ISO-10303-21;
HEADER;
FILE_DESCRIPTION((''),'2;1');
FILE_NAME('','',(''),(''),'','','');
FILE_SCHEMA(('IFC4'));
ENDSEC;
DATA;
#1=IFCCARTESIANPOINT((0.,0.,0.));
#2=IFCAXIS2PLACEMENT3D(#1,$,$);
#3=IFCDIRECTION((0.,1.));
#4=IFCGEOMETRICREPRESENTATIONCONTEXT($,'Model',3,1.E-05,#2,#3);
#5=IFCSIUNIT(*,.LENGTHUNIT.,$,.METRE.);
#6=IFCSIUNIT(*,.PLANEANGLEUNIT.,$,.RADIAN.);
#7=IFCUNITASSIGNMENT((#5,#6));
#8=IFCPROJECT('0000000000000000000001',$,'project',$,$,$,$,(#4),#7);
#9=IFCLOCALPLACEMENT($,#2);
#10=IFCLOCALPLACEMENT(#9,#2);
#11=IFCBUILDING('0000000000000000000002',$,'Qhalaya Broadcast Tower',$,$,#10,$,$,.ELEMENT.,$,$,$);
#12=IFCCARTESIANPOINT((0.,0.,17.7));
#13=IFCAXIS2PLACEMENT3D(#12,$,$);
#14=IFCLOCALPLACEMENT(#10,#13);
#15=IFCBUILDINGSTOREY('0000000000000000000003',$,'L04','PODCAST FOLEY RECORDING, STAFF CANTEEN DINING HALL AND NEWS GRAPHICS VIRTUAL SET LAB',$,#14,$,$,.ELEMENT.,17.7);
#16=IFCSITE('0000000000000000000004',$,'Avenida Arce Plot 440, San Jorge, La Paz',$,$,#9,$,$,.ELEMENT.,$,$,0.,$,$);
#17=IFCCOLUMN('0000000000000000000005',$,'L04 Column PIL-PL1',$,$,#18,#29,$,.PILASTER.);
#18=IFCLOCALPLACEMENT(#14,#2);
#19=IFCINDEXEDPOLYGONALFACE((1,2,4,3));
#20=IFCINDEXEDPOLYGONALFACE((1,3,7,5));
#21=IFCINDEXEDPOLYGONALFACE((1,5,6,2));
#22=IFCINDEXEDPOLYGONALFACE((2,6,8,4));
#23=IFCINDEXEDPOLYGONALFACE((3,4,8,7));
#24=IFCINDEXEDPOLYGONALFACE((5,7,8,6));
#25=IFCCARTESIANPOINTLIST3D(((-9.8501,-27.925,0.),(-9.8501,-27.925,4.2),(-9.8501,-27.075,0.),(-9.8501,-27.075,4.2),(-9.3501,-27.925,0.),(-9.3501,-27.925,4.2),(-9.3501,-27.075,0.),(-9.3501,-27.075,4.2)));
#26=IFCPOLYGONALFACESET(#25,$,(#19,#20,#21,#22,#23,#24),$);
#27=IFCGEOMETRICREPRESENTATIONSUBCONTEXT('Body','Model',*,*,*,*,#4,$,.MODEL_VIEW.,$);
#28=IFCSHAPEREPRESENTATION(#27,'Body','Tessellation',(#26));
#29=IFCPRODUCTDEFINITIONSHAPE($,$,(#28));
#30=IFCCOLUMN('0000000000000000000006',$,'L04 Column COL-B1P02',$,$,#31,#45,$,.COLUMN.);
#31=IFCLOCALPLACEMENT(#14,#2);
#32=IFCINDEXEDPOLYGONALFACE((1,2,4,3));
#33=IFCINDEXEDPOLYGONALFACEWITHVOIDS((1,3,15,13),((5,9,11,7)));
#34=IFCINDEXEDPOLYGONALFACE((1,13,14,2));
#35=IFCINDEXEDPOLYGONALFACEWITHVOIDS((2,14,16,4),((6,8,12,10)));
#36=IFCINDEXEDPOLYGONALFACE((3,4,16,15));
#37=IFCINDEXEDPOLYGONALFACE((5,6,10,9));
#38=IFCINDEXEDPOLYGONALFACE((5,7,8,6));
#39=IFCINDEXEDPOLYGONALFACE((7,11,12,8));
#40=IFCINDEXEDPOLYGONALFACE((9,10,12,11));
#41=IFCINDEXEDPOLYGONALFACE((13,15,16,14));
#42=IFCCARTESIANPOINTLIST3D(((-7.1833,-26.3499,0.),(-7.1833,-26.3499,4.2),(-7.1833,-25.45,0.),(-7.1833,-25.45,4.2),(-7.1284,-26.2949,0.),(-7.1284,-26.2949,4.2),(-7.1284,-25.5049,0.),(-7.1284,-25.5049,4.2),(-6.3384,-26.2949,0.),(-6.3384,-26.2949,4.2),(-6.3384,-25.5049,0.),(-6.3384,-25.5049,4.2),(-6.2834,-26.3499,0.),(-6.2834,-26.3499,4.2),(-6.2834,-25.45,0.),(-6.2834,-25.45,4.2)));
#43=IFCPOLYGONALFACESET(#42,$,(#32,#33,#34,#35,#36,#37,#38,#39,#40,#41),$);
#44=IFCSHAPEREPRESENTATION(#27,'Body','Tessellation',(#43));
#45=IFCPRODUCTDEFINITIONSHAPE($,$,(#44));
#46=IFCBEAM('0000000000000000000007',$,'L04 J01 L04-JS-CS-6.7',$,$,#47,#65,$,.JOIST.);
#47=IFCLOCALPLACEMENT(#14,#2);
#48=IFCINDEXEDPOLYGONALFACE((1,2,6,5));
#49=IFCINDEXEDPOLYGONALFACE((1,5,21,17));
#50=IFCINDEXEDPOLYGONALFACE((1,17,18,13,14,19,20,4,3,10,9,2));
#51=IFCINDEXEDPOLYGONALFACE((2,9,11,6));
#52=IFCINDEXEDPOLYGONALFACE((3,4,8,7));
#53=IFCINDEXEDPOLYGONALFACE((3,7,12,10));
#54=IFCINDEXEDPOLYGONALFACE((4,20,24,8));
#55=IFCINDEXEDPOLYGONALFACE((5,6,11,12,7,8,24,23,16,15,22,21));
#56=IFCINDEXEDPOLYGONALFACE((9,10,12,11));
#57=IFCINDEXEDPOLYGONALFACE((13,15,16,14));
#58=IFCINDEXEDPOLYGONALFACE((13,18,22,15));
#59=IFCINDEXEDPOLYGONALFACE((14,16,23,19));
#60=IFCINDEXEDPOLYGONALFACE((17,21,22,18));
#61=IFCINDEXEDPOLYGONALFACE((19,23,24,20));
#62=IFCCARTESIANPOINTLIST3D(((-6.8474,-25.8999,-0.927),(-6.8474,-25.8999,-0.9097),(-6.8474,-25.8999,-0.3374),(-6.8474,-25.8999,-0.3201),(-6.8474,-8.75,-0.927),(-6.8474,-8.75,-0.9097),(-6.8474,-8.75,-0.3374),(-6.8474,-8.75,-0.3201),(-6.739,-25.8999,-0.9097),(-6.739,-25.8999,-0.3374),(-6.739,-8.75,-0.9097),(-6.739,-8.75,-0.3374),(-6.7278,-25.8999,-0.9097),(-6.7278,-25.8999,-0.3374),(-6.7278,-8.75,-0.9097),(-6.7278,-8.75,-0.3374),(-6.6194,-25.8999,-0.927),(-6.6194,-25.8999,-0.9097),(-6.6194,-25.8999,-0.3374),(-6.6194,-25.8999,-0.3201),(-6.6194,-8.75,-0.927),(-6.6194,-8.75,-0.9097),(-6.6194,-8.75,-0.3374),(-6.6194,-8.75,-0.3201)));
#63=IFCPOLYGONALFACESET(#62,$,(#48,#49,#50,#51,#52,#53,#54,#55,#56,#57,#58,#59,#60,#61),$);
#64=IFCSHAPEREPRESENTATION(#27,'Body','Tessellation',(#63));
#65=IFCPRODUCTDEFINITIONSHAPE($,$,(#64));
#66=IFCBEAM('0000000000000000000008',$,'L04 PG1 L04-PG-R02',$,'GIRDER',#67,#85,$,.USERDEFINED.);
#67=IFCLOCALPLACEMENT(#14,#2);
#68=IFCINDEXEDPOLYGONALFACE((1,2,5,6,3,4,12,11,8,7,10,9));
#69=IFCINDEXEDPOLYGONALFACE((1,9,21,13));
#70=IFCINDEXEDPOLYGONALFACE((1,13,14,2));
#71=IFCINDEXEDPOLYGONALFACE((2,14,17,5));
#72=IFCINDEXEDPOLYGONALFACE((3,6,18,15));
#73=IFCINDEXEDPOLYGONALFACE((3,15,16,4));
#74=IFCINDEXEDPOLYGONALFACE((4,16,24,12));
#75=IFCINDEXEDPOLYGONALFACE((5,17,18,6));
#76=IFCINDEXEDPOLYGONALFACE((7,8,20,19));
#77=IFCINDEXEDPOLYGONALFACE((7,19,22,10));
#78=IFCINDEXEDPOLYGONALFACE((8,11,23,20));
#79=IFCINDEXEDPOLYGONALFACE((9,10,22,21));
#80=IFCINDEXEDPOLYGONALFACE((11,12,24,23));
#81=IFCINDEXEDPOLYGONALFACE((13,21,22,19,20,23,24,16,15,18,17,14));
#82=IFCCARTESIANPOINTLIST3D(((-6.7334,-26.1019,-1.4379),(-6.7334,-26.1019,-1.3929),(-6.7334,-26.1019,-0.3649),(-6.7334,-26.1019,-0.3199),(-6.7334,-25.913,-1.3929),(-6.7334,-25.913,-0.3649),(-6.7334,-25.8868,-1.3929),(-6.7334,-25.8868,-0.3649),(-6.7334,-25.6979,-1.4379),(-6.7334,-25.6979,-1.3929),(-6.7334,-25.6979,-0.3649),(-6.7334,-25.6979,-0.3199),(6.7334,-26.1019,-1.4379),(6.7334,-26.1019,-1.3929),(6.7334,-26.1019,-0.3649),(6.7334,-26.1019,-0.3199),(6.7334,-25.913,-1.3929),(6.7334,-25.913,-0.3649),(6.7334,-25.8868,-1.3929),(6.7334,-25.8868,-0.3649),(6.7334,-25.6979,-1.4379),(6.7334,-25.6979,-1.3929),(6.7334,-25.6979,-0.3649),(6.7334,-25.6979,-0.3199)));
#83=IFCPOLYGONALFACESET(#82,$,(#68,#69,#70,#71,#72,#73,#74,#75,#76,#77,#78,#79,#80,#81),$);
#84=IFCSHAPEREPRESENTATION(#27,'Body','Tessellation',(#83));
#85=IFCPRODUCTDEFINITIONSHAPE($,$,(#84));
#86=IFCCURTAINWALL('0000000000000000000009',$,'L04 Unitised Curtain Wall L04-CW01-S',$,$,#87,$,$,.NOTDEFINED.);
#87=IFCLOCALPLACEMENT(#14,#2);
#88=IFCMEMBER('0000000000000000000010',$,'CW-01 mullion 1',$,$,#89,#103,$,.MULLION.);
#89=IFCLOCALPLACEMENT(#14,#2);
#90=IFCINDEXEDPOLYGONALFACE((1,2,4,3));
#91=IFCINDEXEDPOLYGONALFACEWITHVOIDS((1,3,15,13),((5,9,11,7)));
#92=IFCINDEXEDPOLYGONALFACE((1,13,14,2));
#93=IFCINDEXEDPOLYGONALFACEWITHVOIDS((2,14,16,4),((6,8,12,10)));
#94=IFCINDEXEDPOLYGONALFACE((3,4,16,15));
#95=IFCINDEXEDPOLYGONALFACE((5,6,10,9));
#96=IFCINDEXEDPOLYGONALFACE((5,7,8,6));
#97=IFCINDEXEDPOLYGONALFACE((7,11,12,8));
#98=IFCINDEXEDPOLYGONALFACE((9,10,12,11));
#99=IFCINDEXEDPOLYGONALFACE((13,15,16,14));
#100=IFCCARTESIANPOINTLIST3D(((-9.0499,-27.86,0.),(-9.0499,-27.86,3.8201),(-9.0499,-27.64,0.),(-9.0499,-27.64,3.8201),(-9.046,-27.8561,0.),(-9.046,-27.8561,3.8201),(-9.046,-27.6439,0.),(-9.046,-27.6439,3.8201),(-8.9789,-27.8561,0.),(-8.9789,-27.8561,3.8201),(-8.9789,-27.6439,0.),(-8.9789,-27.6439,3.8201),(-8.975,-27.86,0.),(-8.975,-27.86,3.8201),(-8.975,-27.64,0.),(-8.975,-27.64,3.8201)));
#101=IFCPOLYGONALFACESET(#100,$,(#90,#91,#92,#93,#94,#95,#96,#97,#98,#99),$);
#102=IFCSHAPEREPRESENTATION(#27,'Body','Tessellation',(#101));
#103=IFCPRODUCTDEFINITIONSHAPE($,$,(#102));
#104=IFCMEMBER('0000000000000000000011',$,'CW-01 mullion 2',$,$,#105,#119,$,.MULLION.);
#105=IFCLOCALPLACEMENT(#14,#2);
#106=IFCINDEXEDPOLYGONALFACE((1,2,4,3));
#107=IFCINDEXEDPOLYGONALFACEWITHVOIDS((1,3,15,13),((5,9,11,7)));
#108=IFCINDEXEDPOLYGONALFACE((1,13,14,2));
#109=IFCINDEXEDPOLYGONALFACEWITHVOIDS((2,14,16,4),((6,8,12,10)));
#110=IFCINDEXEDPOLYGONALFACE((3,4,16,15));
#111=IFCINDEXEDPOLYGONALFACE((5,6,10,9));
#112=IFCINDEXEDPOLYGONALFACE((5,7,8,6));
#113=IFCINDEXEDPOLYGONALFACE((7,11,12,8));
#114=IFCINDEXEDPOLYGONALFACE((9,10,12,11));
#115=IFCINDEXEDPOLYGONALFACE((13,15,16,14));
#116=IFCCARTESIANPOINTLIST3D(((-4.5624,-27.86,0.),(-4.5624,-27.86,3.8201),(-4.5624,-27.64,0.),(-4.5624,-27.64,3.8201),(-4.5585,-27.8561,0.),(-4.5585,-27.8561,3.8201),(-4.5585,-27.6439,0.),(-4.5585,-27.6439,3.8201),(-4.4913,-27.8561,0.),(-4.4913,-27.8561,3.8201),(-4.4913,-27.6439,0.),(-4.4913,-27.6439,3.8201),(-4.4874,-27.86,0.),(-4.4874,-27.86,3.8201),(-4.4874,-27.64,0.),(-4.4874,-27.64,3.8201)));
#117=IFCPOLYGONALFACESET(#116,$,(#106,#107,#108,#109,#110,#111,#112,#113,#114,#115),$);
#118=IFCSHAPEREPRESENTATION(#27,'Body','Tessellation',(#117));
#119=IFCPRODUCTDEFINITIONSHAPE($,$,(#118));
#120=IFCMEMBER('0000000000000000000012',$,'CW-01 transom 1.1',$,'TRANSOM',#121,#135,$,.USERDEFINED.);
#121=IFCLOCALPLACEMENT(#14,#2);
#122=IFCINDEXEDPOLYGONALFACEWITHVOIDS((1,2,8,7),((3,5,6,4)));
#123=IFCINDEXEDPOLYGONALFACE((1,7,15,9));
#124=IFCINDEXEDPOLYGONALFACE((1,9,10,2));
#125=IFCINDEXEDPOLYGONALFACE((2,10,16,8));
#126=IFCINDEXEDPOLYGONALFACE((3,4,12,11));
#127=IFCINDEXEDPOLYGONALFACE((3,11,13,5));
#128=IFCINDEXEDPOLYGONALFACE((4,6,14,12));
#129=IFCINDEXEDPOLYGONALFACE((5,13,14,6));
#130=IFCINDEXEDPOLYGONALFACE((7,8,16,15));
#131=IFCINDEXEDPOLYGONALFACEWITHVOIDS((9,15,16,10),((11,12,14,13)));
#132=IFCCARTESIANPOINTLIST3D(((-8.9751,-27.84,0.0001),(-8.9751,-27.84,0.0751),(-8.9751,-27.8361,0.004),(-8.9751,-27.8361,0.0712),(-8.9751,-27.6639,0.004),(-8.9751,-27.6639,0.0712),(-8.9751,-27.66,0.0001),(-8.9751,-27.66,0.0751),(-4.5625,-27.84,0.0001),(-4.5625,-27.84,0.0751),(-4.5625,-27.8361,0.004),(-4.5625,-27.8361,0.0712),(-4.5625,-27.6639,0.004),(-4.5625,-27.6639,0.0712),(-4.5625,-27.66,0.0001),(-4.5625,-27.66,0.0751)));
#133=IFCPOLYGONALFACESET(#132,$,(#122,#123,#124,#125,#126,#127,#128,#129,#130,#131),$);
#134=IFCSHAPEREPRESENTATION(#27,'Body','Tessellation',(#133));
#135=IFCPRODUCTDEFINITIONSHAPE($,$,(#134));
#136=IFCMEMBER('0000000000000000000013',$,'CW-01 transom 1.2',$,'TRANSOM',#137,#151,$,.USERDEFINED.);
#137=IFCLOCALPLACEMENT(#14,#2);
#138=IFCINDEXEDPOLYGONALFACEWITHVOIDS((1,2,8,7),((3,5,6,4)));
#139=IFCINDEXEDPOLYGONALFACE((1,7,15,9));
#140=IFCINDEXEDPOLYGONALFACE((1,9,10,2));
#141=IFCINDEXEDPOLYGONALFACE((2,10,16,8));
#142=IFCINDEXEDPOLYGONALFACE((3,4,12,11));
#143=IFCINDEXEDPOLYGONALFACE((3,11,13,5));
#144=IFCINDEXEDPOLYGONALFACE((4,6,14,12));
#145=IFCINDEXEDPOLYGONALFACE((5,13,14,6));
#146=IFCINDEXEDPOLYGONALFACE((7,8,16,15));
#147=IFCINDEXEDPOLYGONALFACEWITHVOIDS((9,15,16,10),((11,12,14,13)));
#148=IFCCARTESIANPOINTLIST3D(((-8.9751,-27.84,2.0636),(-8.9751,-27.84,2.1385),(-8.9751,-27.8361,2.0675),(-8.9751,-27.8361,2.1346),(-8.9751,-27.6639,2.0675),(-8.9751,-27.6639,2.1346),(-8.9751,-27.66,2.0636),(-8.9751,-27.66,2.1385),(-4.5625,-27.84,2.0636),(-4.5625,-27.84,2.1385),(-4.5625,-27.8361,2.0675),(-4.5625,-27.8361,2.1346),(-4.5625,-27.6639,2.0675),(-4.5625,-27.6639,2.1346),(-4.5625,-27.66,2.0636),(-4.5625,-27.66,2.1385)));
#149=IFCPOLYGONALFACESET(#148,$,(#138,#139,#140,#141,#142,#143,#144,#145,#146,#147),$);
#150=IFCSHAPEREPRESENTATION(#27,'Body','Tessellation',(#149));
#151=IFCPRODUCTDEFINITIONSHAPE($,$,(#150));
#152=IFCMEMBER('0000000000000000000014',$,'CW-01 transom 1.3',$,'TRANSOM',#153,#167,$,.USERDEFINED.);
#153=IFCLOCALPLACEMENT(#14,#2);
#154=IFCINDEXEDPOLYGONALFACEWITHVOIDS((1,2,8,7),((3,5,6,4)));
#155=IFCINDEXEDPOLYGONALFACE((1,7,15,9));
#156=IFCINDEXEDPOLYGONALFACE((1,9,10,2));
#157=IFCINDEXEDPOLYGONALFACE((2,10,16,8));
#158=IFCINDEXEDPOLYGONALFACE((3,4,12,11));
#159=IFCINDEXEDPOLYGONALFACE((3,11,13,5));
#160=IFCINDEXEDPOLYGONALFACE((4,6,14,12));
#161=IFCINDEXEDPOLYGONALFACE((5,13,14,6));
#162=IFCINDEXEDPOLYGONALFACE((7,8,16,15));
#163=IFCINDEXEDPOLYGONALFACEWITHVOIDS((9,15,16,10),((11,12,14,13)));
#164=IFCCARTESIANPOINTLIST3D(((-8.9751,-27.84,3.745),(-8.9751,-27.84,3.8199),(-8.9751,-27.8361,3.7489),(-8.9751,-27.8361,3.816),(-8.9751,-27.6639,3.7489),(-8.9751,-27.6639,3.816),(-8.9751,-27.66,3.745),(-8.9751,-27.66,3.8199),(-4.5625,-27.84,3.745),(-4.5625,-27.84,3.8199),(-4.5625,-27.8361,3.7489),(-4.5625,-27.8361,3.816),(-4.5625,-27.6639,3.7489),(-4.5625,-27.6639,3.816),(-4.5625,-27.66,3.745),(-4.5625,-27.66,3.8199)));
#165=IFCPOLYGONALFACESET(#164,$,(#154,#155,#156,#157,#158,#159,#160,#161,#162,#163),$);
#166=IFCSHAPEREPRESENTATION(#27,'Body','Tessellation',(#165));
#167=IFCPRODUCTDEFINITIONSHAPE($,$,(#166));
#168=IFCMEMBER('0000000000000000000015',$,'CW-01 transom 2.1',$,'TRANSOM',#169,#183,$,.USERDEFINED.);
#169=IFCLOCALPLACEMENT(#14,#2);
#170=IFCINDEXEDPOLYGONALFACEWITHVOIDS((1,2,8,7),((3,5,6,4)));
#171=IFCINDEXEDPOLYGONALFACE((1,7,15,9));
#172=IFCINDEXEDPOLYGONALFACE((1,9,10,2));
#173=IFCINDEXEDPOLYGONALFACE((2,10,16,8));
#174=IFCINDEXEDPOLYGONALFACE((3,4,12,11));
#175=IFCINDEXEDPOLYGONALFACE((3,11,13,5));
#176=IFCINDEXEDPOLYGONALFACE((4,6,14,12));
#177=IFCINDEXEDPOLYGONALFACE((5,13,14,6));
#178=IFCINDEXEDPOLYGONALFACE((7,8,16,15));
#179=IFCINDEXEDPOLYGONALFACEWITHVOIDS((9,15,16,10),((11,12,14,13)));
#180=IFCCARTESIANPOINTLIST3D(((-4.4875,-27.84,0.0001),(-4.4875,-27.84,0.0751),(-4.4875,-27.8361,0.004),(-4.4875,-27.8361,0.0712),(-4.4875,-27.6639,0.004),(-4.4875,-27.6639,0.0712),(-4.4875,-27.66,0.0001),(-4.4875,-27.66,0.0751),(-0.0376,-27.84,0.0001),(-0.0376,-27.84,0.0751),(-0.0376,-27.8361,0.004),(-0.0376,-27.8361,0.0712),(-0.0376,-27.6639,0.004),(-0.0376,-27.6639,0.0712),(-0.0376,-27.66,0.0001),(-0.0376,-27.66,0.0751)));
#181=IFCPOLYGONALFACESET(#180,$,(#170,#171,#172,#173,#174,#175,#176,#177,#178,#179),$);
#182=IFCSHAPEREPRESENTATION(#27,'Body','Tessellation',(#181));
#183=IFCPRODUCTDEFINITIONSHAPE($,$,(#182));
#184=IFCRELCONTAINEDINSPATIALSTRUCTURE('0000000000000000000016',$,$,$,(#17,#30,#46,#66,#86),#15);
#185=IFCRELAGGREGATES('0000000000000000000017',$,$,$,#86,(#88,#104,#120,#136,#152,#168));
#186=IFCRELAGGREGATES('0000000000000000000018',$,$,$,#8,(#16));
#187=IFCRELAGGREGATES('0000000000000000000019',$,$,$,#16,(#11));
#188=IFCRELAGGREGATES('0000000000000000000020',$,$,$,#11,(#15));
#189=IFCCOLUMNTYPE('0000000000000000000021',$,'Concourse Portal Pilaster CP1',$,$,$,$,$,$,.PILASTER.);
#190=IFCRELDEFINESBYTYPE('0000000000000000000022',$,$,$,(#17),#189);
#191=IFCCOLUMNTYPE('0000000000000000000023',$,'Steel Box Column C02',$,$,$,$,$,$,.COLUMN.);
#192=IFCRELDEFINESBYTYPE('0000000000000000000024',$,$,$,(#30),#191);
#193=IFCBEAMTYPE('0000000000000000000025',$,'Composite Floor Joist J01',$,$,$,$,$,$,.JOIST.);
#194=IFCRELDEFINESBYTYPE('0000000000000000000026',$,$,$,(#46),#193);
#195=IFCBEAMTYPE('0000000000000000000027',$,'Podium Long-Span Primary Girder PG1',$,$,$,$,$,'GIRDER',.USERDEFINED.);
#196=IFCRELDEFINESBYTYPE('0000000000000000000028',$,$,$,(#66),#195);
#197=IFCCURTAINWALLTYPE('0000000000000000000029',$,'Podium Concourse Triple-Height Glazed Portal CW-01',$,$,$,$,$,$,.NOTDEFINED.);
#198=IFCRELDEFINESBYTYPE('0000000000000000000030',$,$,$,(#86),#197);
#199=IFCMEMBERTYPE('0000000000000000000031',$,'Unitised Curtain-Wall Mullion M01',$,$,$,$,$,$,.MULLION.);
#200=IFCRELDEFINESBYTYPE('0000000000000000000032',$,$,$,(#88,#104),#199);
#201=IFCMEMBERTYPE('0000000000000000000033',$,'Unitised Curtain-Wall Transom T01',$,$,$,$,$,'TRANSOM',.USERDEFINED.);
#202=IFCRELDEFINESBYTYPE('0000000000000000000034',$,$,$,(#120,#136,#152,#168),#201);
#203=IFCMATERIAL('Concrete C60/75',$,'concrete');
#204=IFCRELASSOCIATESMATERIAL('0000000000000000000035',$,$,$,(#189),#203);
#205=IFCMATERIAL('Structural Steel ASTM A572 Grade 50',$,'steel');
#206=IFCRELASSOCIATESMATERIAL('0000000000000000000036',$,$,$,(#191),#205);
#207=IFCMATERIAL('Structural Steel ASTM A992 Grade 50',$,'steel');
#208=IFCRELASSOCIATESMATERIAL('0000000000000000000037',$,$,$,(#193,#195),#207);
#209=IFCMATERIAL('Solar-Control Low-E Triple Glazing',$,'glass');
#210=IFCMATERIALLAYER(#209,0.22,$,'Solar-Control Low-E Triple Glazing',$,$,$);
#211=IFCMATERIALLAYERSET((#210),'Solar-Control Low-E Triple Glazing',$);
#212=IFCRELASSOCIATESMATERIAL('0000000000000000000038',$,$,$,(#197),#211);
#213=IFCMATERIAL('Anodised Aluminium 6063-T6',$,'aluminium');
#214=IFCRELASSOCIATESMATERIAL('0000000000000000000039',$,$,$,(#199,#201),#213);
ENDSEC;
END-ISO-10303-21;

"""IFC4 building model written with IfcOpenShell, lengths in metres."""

from ifc_helpers import new_model, si_unit, direction, frame, origin, origin_2d, place, context, subcontext, project, spatial, rectangle, hollow_rectangle, i_section, extrude, material, layer, layer_set, material_profile, profile_set, type_object, element, aggregate, save


model = new_model("IFC4")

# Units and contexts
model_context = context("Model", 3, precision=1e-05, world=origin(), true_north=direction((0.0, 1.0)))
body_context = subcontext(model_context, "Body", "Model", "MODEL_VIEW")
ifc_project = project(units=[si_unit("LENGTHUNIT", "METRE"), si_unit("PLANEANGLEUNIT", "RADIAN")], contexts=[model_context])

# Site, building, storey
site_placement = place(None, origin())
site = spatial("IfcSite", under=ifc_project, at=site_placement, Name="Avenida Arce Plot 440, San Jorge, La Paz", CompositionType="ELEMENT", RefElevation=0.0)
building_placement = place(site_placement, origin())
building = spatial("IfcBuilding", under=site, at=building_placement, Name="Qhalaya Broadcast Tower", CompositionType="ELEMENT")
storey_placement = place(building_placement, frame((0.0, 0.0, 17.7)))
storey = spatial("IfcBuildingStorey", under=building, at=storey_placement, Name="L04", Description="PODCAST FOLEY RECORDING, STAFF CANTEEN DINING HALL AND NEWS GRAPHICS VIRTUAL SET LAB", CompositionType="ELEMENT", Elevation=17.7)

# Columns
ifc_material_1 = material(Name="Concrete C60/75", Category="concrete")
ifc_material_profile_1 = material_profile(ifc_material_1, rectangle(XDim=0.5, YDim=0.8501, at=origin_2d()), Name="RC-PIL 500x850")
ifc_profile_set_1 = profile_set([ifc_material_profile_1], Name="Concrete C60/75")
column_type_1 = type_object("IfcColumnType", Name="Concourse Portal Pilaster CP1", PredefinedType="PILASTER", material=ifc_profile_set_1)
column_1_placement = place(storey_placement, frame((-9.6001, -27.5, 0.0), z_axis=(0.0, 0.0, 1.0), x_axis=(1.0, 0.0, 0.0)))
element("IfcColumn", 1, at=column_1_placement, inside=storey, type_object=column_type_1, Name="L04 Column PIL-PL1", PredefinedType="PILASTER", context=body_context, shape_type="SweptSolid", body=[
    extrude(rectangle(XDim=0.5, YDim=0.8501, at=origin_2d()), origin(), (0.0, 0.0, 1.0), 4.2),
])
ifc_material_2 = material(Name="Structural Steel ASTM A572 Grade 50", Category="steel")
ifc_material_profile_2 = material_profile(ifc_material_2, hollow_rectangle(XDim=0.8999, YDim=0.8999, WallThickness=0.0549, at=origin_2d()), Name="BOX 900x900x55")
ifc_profile_set_2 = profile_set([ifc_material_profile_2], Name="Structural Steel ASTM A572 Grade 50")
column_type_2 = type_object("IfcColumnType", Name="Steel Box Column C02", PredefinedType="COLUMN", material=ifc_profile_set_2)
column_2_placement = place(storey_placement, frame((-6.7334, -25.8999, 0.0), z_axis=(0.0, 0.0, 1.0), x_axis=(1.0, 0.0, 0.0)))
element("IfcColumn", 2, at=column_2_placement, inside=storey, type_object=column_type_2, Name="L04 Column COL-B1P02", PredefinedType="COLUMN", context=body_context, shape_type="SweptSolid", body=[
    extrude(hollow_rectangle(XDim=0.8999, YDim=0.8999, WallThickness=0.0549, at=origin_2d()), origin(), (0.0, 0.0, 1.0), 4.2),
])

# Beams
ifc_material_3 = material(Name="Structural Steel ASTM A992 Grade 50", Category="steel")
ifc_material_profile_3 = material_profile(ifc_material_3, i_section(OverallWidth=0.228, OverallDepth=0.6069, WebThickness=0.0112, FlangeThickness=0.0173, at=origin_2d()), Name="W24X76")
ifc_profile_set_3 = profile_set([ifc_material_profile_3], Name="Structural Steel ASTM A992 Grade 50")
beam_type_1 = type_object("IfcBeamType", Name="Composite Floor Joist J01", PredefinedType="JOIST", material=ifc_profile_set_3)
beam_1_placement = place(storey_placement, frame((-6.7334, -25.8999, -0.6235), z_axis=(0.0, 1.0, 0.0), x_axis=(-1.0, 0.0, 0.0)))
element("IfcBeam", 3, at=beam_1_placement, inside=storey, type_object=beam_type_1, Name="L04 J01 L04-JS-CS-6.7", PredefinedType="JOIST", context=body_context, shape_type="SweptSolid", body=[
    extrude(i_section(OverallWidth=0.228, OverallDepth=0.6069, WebThickness=0.0112, FlangeThickness=0.0173, at=origin_2d()), origin(), (0.0, 0.0, 1.0), 17.1499),
])
ifc_material_profile_4 = material_profile(ifc_material_3, i_section(OverallWidth=0.4041, OverallDepth=1.1179, WebThickness=0.0261, FlangeThickness=0.0449, at=origin_2d()), Name="W44X335")
ifc_profile_set_4 = profile_set([ifc_material_profile_4], Name="Structural Steel ASTM A992 Grade 50")
beam_type_2 = type_object("IfcBeamType", Name="Podium Long-Span Primary Girder PG1", ElementType="GIRDER", PredefinedType="USERDEFINED", material=ifc_profile_set_4)
beam_2_placement = place(storey_placement, frame((-6.7334, -25.8999, -0.8789), z_axis=(1.0, 0.0, 0.0), x_axis=(0.0, 1.0, 0.0)))
element("IfcBeam", 4, at=beam_2_placement, inside=storey, type_object=beam_type_2, Name="L04 PG1 L04-PG-R02", ObjectType="GIRDER", PredefinedType="USERDEFINED", context=body_context, shape_type="SweptSolid", body=[
    extrude(i_section(OverallWidth=0.4041, OverallDepth=1.1179, WebThickness=0.0261, FlangeThickness=0.0449, at=origin_2d()), origin(), (0.0, 0.0, 1.0), 13.4668),
])

# Curtain wall, members
ifc_material_4 = material(Name="Solar-Control Low-E Triple Glazing", Category="glass")
ifc_layer_1 = layer(ifc_material_4, 0.22, Name="Solar-Control Low-E Triple Glazing")
ifc_layer_set_1 = layer_set([ifc_layer_1], Name="Solar-Control Low-E Triple Glazing")
curtain_wall_type = type_object("IfcCurtainWallType", Name="Podium Concourse Triple-Height Glazed Portal CW-01", PredefinedType="NOTDEFINED", material=ifc_layer_set_1)
curtain_wall_placement = place(storey_placement, origin())
curtain_wall = element("IfcCurtainWall", 5, at=curtain_wall_placement, inside=storey, type_object=curtain_wall_type, Name="L04 Unitised Curtain Wall L04-CW01-S", PredefinedType="NOTDEFINED")
ifc_material_5 = material(Name="Anodised Aluminium 6063-T6", Category="aluminium")
ifc_material_profile_5 = material_profile(ifc_material_5, hollow_rectangle(XDim=0.075, YDim=0.22, WallThickness=0.0039, at=origin_2d()), Name="ALU-MUL 75x220x4")
ifc_profile_set_5 = profile_set([ifc_material_profile_5], Name="Anodised Aluminium 6063-T6")
member_type_1 = type_object("IfcMemberType", Name="Unitised Curtain-Wall Mullion M01", PredefinedType="MULLION", material=ifc_profile_set_5)
member_1_placement = place(storey_placement, frame((-9.0125, -27.75, 0.0), z_axis=(0.0, 0.0, 1.0), x_axis=(1.0, 0.0, 0.0)))
member_1 = element("IfcMember", 6, at=member_1_placement, type_object=member_type_1, Name="CW-01 mullion 1", PredefinedType="MULLION", context=body_context, shape_type="SweptSolid", body=[
    extrude(hollow_rectangle(XDim=0.075, YDim=0.22, WallThickness=0.0039, at=origin_2d()), origin(), (0.0, 0.0, 1.0), 3.8201),
])
member_2_placement = place(storey_placement, frame((-4.5249, -27.75, 0.0), z_axis=(0.0, 0.0, 1.0), x_axis=(1.0, 0.0, 0.0)))
member_2 = element("IfcMember", 7, at=member_2_placement, type_object=member_type_1, Name="CW-01 mullion 2", PredefinedType="MULLION", context=body_context, shape_type="SweptSolid", body=[
    extrude(hollow_rectangle(XDim=0.075, YDim=0.22, WallThickness=0.0039, at=origin_2d()), origin(), (0.0, 0.0, 1.0), 3.8201),
])
ifc_material_profile_6 = material_profile(ifc_material_5, hollow_rectangle(XDim=0.075, YDim=0.1799, WallThickness=0.0039, at=origin_2d()), Name="ALU-TRN 75x180x4")
ifc_profile_set_6 = profile_set([ifc_material_profile_6], Name="Anodised Aluminium 6063-T6")
member_type_2 = type_object("IfcMemberType", Name="Unitised Curtain-Wall Transom T01", ElementType="TRANSOM", PredefinedType="USERDEFINED", material=ifc_profile_set_6)
member_3_placement = place(storey_placement, frame((-8.9751, -27.75, 0.0376), z_axis=(1.0, 0.0, 0.0), x_axis=(0.0, 0.0, 1.0)))
member_3 = element("IfcMember", 8, at=member_3_placement, type_object=member_type_2, Name="CW-01 transom 1.1", ObjectType="TRANSOM", PredefinedType="USERDEFINED", context=body_context, shape_type="SweptSolid", body=[
    extrude(hollow_rectangle(XDim=0.075, YDim=0.1799, WallThickness=0.0039, at=origin_2d()), origin(), (0.0, 0.0, 1.0), 4.4126),
])
member_4_placement = place(storey_placement, frame((-8.9751, -27.75, 2.1011), z_axis=(1.0, 0.0, 0.0), x_axis=(0.0, 0.0, 1.0)))
member_4 = element("IfcMember", 9, at=member_4_placement, type_object=member_type_2, Name="CW-01 transom 1.2", ObjectType="TRANSOM", PredefinedType="USERDEFINED", context=body_context, shape_type="SweptSolid", body=[
    extrude(hollow_rectangle(XDim=0.075, YDim=0.1799, WallThickness=0.0039, at=origin_2d()), origin(), (0.0, 0.0, 1.0), 4.4126),
])
member_5_placement = place(storey_placement, frame((-8.9751, -27.75, 3.7825), z_axis=(1.0, 0.0, 0.0), x_axis=(0.0, 0.0, 1.0)))
member_5 = element("IfcMember", 10, at=member_5_placement, type_object=member_type_2, Name="CW-01 transom 1.3", ObjectType="TRANSOM", PredefinedType="USERDEFINED", context=body_context, shape_type="SweptSolid", body=[
    extrude(hollow_rectangle(XDim=0.075, YDim=0.1799, WallThickness=0.0039, at=origin_2d()), origin(), (0.0, 0.0, 1.0), 4.4126),
])
member_6_placement = place(storey_placement, frame((-4.4875, -27.75, 0.0376), z_axis=(1.0, 0.0, 0.0), x_axis=(0.0, 0.0, 1.0)))
member_6 = element("IfcMember", 11, at=member_6_placement, type_object=member_type_2, Name="CW-01 transom 2.1", ObjectType="TRANSOM", PredefinedType="USERDEFINED", context=body_context, shape_type="SweptSolid", body=[
    extrude(hollow_rectangle(XDim=0.075, YDim=0.1799, WallThickness=0.0039, at=origin_2d()), origin(), (0.0, 0.0, 1.0), 4.45),
])
aggregate(curtain_wall, [member_1, member_2, member_3, member_4, member_5, member_6])

save(model, "model.ifc")
